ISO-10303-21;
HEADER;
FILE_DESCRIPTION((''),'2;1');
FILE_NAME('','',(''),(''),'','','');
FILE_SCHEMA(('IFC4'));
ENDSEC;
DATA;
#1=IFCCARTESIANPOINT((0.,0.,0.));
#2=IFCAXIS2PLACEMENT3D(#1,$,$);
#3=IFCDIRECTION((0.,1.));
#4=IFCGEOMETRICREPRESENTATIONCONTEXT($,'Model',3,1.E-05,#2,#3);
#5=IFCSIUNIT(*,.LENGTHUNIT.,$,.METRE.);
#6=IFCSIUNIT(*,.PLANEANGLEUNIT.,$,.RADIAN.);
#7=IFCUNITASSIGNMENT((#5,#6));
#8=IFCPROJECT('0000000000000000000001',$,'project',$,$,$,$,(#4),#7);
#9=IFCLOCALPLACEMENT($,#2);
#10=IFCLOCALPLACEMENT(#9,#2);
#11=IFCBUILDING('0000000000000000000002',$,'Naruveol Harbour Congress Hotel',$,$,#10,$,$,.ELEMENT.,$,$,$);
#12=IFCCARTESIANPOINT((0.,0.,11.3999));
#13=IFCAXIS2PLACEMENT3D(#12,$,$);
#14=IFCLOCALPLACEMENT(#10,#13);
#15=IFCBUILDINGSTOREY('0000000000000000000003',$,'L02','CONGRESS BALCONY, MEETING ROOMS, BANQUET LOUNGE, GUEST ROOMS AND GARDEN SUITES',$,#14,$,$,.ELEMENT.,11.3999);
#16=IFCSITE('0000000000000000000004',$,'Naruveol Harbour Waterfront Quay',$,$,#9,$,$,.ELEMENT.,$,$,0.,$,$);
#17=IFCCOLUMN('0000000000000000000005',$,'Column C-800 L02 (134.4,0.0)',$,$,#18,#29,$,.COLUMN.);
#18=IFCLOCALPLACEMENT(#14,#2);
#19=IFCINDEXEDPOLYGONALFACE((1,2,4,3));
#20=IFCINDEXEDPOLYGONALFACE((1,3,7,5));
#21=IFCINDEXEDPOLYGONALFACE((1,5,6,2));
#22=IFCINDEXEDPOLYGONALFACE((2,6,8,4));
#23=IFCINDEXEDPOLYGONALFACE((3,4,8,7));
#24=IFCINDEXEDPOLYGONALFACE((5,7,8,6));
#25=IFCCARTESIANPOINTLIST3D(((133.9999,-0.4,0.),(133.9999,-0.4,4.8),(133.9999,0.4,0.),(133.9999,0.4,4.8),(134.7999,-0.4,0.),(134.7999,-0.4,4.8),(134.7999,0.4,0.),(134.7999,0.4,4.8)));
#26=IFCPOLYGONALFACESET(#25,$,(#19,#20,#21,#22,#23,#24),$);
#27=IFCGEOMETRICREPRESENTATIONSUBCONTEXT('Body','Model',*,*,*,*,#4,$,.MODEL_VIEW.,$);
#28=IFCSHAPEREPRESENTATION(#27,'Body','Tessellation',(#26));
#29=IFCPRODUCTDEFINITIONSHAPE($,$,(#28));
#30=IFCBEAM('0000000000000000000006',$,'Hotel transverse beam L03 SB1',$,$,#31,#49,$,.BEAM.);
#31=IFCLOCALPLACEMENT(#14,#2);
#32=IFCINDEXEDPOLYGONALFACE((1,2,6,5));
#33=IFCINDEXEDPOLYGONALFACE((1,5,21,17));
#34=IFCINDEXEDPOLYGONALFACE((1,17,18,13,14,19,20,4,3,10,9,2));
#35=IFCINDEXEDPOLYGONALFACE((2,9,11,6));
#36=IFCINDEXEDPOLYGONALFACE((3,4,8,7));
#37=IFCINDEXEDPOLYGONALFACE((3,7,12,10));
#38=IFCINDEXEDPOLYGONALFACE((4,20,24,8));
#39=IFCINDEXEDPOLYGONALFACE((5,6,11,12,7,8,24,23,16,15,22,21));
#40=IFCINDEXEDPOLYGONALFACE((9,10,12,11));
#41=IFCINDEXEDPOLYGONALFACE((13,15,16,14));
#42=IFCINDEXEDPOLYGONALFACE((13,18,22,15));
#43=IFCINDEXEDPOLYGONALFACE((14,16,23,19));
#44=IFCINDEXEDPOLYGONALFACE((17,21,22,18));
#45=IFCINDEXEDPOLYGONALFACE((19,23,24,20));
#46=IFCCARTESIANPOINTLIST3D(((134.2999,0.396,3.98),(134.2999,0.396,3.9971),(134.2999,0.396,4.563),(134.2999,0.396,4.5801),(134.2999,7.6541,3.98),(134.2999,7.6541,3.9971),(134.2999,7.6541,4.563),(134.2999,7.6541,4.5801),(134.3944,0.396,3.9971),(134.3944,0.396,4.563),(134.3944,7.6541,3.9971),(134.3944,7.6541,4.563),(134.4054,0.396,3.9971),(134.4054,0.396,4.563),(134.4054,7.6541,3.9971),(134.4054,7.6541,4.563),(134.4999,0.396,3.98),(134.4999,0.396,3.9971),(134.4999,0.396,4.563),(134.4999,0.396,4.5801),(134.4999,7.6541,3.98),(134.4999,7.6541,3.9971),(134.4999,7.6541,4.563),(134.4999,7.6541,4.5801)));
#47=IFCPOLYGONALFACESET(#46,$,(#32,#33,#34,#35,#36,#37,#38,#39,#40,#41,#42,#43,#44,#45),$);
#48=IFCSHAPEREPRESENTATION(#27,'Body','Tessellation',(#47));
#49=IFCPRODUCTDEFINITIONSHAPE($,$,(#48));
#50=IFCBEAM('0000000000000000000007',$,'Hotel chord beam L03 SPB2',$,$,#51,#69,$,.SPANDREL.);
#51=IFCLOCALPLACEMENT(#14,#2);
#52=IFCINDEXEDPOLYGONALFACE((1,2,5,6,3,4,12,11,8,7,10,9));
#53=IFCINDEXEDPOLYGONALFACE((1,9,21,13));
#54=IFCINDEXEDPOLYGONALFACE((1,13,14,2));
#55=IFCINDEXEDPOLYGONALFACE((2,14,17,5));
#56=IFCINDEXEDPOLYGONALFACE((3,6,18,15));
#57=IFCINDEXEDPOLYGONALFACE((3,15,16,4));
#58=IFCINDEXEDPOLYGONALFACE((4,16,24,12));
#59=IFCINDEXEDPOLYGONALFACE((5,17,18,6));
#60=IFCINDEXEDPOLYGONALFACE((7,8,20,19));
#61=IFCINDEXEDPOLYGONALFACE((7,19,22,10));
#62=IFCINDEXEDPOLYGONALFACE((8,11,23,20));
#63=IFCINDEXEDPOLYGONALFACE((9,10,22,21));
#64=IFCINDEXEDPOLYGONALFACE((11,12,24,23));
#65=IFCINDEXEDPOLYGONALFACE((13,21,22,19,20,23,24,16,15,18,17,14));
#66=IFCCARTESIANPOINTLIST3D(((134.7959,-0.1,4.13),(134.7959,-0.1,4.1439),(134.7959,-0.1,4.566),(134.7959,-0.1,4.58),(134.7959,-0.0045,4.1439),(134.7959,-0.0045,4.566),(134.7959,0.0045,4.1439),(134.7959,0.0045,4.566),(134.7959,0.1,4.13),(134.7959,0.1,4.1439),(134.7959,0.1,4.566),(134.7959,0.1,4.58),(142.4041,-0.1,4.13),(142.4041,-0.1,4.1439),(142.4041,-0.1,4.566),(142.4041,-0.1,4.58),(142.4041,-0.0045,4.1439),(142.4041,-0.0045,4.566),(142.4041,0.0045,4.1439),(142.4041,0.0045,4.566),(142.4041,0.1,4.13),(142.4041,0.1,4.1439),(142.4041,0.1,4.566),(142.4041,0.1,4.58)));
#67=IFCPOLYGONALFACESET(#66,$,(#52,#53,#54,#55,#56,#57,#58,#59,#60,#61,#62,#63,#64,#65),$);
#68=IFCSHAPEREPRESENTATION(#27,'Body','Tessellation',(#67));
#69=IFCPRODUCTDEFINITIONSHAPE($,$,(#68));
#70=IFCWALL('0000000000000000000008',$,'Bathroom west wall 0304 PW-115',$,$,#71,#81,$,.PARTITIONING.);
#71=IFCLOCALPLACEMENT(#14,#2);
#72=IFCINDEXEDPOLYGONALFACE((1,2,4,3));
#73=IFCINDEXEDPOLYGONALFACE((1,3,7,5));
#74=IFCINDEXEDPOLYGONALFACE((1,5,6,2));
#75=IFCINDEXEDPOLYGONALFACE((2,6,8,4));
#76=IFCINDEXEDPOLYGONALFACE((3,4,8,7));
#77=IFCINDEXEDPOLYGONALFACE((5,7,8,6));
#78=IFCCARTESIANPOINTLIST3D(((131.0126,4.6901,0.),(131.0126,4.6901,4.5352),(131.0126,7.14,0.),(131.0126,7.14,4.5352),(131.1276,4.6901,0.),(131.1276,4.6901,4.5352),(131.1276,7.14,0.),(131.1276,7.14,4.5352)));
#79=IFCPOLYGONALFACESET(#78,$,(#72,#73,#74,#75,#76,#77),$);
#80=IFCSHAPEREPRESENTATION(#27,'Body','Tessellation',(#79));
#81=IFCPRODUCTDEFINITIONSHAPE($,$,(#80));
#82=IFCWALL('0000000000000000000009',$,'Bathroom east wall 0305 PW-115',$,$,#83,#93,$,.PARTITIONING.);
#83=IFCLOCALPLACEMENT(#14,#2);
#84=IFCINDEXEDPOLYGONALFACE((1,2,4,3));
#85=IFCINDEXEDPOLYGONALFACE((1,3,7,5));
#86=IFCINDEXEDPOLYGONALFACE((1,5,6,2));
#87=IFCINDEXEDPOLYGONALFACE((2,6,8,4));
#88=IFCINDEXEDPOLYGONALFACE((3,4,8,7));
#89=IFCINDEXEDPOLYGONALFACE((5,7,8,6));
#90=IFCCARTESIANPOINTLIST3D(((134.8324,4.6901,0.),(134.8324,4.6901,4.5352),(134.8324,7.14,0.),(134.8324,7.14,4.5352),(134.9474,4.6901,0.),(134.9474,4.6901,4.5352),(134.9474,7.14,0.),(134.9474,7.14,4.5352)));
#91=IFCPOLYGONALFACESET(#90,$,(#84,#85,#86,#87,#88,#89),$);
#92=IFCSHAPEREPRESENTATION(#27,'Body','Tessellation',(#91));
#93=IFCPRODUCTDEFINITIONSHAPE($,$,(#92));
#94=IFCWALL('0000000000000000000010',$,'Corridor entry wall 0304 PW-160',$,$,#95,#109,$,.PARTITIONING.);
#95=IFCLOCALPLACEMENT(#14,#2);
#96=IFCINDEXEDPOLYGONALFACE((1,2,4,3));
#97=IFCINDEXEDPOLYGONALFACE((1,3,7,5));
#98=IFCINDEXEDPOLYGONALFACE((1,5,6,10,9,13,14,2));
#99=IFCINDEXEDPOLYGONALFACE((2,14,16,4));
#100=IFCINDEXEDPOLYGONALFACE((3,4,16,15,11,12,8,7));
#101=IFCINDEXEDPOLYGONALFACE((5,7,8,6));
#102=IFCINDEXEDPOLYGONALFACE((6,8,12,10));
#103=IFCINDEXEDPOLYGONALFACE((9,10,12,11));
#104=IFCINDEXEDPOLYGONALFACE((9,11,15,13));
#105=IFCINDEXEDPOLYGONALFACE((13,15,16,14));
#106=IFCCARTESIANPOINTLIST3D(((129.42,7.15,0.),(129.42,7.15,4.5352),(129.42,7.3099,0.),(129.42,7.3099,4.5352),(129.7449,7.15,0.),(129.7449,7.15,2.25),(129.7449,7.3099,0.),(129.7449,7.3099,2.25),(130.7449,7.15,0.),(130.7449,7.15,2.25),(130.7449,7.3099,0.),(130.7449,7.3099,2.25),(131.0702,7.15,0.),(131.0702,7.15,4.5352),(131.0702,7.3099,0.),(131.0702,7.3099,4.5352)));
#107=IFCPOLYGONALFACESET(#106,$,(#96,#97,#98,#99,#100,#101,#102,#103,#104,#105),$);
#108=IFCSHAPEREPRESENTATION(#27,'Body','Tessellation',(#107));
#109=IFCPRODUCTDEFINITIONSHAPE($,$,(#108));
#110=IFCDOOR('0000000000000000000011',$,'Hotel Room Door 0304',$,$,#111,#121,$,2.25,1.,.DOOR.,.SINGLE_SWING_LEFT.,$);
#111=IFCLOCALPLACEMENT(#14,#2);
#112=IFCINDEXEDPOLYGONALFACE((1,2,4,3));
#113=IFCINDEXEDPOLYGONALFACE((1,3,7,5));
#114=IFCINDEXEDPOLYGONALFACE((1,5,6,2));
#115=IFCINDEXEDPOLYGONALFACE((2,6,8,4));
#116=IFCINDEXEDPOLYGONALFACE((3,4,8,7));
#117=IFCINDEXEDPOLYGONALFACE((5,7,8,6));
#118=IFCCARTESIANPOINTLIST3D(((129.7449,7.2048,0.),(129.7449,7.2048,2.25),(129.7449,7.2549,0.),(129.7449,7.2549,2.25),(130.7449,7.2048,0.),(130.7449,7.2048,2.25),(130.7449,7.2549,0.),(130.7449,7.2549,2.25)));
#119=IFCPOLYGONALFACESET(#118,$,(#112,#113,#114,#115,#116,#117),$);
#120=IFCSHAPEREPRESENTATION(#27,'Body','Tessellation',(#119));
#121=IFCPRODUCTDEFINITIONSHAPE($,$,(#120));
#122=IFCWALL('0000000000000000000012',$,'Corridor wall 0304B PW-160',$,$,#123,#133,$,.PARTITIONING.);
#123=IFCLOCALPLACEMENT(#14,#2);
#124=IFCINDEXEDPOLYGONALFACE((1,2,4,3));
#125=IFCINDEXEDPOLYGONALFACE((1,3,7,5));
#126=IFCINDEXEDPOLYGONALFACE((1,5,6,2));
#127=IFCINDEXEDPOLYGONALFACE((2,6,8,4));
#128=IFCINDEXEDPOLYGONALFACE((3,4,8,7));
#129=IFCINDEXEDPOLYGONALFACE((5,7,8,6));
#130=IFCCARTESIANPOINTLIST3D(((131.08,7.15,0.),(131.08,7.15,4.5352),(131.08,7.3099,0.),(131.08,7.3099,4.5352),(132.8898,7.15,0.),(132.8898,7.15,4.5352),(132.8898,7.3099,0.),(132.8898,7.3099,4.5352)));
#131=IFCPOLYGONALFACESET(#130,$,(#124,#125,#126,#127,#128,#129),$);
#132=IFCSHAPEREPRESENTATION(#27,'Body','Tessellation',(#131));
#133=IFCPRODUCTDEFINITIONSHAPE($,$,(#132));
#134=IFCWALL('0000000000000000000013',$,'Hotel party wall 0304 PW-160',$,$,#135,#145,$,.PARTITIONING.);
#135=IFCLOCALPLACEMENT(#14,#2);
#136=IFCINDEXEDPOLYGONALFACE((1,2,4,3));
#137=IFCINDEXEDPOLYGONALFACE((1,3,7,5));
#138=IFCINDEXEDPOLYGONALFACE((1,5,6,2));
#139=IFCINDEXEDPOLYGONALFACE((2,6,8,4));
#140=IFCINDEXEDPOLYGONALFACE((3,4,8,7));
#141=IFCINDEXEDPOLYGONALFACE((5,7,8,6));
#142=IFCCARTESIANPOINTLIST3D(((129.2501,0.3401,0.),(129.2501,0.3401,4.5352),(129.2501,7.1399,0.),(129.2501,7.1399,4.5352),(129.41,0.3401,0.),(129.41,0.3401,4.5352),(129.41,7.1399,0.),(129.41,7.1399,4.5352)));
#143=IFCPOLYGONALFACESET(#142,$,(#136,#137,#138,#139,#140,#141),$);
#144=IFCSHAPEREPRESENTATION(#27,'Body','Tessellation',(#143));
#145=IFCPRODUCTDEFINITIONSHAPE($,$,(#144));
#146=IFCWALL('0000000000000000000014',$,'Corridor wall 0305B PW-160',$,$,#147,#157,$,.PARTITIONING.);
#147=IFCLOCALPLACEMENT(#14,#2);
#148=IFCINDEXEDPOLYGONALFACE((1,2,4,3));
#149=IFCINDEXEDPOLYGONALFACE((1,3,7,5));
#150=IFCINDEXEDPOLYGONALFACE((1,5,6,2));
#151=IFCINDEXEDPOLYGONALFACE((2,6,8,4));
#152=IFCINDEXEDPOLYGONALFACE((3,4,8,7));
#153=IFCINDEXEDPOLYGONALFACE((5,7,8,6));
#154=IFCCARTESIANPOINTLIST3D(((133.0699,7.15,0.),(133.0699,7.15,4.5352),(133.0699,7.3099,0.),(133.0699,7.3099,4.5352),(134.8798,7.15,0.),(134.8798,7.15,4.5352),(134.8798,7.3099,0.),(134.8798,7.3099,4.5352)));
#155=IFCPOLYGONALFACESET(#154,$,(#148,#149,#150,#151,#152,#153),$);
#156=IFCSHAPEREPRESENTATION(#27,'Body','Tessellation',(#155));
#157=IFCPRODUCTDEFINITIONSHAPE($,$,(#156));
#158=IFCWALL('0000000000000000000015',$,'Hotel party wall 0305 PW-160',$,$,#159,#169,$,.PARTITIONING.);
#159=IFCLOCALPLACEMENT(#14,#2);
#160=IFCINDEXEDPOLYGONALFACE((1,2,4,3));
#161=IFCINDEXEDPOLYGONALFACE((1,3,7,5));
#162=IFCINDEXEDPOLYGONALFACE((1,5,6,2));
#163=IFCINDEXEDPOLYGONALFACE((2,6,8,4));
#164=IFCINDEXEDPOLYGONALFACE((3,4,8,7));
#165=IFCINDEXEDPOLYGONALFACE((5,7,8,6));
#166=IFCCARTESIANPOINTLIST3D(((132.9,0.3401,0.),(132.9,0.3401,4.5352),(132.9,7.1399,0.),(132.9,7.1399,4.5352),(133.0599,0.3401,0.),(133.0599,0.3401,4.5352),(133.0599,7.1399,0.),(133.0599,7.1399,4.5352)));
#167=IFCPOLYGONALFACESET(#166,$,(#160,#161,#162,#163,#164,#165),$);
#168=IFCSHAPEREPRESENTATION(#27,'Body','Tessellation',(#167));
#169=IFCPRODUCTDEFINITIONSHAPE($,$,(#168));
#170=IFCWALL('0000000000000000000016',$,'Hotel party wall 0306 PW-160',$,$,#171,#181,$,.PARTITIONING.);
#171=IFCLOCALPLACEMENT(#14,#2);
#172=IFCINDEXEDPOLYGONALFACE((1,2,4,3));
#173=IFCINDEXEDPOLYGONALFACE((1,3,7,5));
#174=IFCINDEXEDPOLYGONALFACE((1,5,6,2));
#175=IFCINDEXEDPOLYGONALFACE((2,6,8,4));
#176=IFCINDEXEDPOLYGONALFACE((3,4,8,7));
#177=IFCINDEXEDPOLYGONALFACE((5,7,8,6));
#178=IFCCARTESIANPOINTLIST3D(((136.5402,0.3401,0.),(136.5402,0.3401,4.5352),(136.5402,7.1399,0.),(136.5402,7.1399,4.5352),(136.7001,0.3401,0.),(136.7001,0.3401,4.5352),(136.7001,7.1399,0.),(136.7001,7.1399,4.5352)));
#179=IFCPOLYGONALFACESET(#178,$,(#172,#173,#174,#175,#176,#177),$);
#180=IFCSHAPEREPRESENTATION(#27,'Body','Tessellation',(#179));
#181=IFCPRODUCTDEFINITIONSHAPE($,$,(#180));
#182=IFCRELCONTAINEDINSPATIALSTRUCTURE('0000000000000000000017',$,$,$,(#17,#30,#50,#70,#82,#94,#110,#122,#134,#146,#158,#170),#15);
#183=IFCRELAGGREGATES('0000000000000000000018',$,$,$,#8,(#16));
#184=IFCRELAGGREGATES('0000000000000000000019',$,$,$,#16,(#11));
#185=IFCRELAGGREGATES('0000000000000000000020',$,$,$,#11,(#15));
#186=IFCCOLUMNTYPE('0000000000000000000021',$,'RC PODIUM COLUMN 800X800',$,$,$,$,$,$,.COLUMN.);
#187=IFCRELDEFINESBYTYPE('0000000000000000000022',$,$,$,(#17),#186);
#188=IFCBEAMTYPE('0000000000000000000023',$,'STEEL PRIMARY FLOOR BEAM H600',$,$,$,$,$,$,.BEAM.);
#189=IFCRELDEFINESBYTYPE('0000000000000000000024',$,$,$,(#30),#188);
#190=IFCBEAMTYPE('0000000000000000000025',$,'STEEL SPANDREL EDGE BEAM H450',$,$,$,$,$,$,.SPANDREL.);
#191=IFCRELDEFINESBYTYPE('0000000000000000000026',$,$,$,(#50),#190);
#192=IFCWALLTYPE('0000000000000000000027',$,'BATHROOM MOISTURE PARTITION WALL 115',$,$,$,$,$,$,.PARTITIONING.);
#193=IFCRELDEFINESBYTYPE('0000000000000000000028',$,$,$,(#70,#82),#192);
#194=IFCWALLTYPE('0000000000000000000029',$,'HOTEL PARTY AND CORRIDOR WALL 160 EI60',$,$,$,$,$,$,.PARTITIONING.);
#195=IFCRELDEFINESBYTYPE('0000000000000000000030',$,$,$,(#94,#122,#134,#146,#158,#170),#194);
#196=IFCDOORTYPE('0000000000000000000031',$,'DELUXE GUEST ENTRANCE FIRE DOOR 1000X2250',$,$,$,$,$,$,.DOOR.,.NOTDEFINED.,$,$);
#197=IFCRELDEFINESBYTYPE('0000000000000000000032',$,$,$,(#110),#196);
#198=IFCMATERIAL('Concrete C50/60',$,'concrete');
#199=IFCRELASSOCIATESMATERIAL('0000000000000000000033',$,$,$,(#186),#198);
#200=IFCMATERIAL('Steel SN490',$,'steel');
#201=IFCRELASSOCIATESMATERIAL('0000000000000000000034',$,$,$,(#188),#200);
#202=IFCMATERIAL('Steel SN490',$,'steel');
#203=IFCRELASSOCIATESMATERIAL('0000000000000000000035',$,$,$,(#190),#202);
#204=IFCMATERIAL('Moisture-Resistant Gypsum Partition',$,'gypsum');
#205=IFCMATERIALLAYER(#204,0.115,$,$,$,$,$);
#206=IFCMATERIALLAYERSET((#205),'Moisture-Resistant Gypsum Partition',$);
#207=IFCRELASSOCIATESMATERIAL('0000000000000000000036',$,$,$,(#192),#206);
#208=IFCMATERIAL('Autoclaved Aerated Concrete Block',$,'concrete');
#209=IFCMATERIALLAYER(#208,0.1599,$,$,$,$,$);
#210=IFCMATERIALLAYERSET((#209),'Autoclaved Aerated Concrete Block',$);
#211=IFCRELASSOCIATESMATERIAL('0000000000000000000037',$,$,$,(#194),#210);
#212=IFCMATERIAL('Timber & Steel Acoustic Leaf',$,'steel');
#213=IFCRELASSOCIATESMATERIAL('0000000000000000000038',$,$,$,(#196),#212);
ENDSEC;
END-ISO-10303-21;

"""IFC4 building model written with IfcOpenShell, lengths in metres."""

from ifc_helpers import new_model, si_unit, direction, frame, frame_2d, origin, origin_2d, place, context, subcontext, project, spatial, rectangle, i_section, extrude, material, layer, layer_set, material_profile, profile_set, type_object, element, fill, save


model = new_model("IFC4")

# Units and contexts
model_context = context("Model", 3, precision=1e-05, world=origin(), true_north=direction((0.0, 1.0)))
body_context = subcontext(model_context, "Body", "Model", "MODEL_VIEW")
ifc_project = project(units=[si_unit("LENGTHUNIT", "METRE"), si_unit("PLANEANGLEUNIT", "RADIAN")], contexts=[model_context])

# Site, building, storey
site_placement = place(None, origin())
site = spatial("IfcSite", under=ifc_project, at=site_placement, Name="Naruveol Harbour Waterfront Quay", CompositionType="ELEMENT", RefElevation=0.0)
building_placement = place(site_placement, origin())
building = spatial("IfcBuilding", under=site, at=building_placement, Name="Naruveol Harbour Congress Hotel", CompositionType="ELEMENT")
storey_placement = place(building_placement, frame((0.0, 0.0, 11.3999)))
storey = spatial("IfcBuildingStorey", under=building, at=storey_placement, Name="L02", Description="CONGRESS BALCONY, MEETING ROOMS, BANQUET LOUNGE, GUEST ROOMS AND GARDEN SUITES", CompositionType="ELEMENT", Elevation=11.3999)

# Column
ifc_material_1 = material(Name="Concrete C50/60", Category="concrete")
ifc_material_profile_1 = material_profile(ifc_material_1, rectangle(XDim=0.8, YDim=0.8, at=origin_2d()), Name="RC-800x800")
ifc_profile_set_1 = profile_set([ifc_material_profile_1], Name="Concrete C50/60")
column_type = type_object("IfcColumnType", Name="RC PODIUM COLUMN 800X800", PredefinedType="COLUMN", material=ifc_profile_set_1)
column_placement = place(storey_placement, frame((134.3999, 0.0, 0.0), z_axis=(0.0, 0.0, 1.0), x_axis=(1.0, 0.0, 0.0)))
element("IfcColumn", 1, at=column_placement, inside=storey, type_object=column_type, Name="Column C-800 L02 (134.4,0.0)", PredefinedType="COLUMN", context=body_context, shape_type="SweptSolid", body=[
    extrude(rectangle(XDim=0.8, YDim=0.8, at=origin_2d()), origin(), (0.0, 0.0, 1.0), 4.8),
])

# Beams
ifc_material_2 = material(Name="Steel SN490", Category="steel")
ifc_material_profile_2 = material_profile(ifc_material_2, i_section(OverallWidth=0.2, OverallDepth=0.6001, WebThickness=0.011, FlangeThickness=0.0171, at=origin_2d()), Name="H-600x200x11x17")
ifc_profile_set_2 = profile_set([ifc_material_profile_2], Name="Steel SN490")
beam_type_1 = type_object("IfcBeamType", Name="STEEL PRIMARY FLOOR BEAM H600", PredefinedType="BEAM", material=ifc_profile_set_2)
beam_1_placement = place(storey_placement, frame((134.3999, 0.396, 4.28), z_axis=(0.0, 1.0, 0.0), x_axis=(-1.0, 0.0, 0.0)))
element("IfcBeam", 2, at=beam_1_placement, inside=storey, type_object=beam_type_1, Name="Hotel transverse beam L03 SB1", PredefinedType="BEAM", context=body_context, shape_type="SweptSolid", body=[
    extrude(i_section(OverallWidth=0.2, OverallDepth=0.6001, WebThickness=0.011, FlangeThickness=0.0171, at=origin_2d()), origin(), (0.0, 0.0, 1.0), 7.2581),
])
ifc_material_3 = material(Name="Steel SN490", Category="steel")
ifc_material_profile_3 = material_profile(ifc_material_3, i_section(OverallWidth=0.2, OverallDepth=0.45, WebThickness=0.009, FlangeThickness=0.0139, at=origin_2d()), Name="H-450x200x9x14")
ifc_profile_set_3 = profile_set([ifc_material_profile_3], Name="Steel SN490")
beam_type_2 = type_object("IfcBeamType", Name="STEEL SPANDREL EDGE BEAM H450", PredefinedType="SPANDREL", material=ifc_profile_set_3)
beam_2_placement = place(storey_placement, frame((134.7959, 0.0, 4.355), z_axis=(1.0, 0.0, 0.0), x_axis=(0.0, 1.0, 0.0)))
element("IfcBeam", 3, at=beam_2_placement, inside=storey, type_object=beam_type_2, Name="Hotel chord beam L03 SPB2", PredefinedType="SPANDREL", context=body_context, shape_type="SweptSolid", body=[
    extrude(i_section(OverallWidth=0.2, OverallDepth=0.45, WebThickness=0.009, FlangeThickness=0.0139, at=origin_2d()), origin(), (0.0, 0.0, 1.0), 7.6082),
])

# Wall
ifc_material_4 = material(Name="Moisture-Resistant Gypsum Partition", Category="gypsum")
ifc_layer_1 = layer(ifc_material_4, 0.115)
ifc_layer_set_1 = layer_set([ifc_layer_1], Name="Moisture-Resistant Gypsum Partition")
wall_type_1 = type_object("IfcWallType", Name="BATHROOM MOISTURE PARTITION WALL 115", PredefinedType="PARTITIONING", material=ifc_layer_set_1)
wall_1_placement = place(storey_placement, frame((131.0701, 4.6899, 0.0), z_axis=(0.0, 0.0, 1.0), x_axis=(0.0, 1.0, 0.0)))
element("IfcWall", 4, at=wall_1_placement, inside=storey, type_object=wall_type_1, Name="Bathroom west wall 0304 PW-115", PredefinedType="PARTITIONING", context=body_context, shape_type="SweptSolid", body=[
    extrude(rectangle(XDim=2.45, YDim=0.115, at=frame_2d((1.2251, 0.0))), origin(), (0.0, 0.0, 1.0), 4.5352),
])

# Wall
wall_2_placement = place(storey_placement, frame((134.8899, 4.6899, 0.0), z_axis=(0.0, 0.0, 1.0), x_axis=(0.0, 1.0, 0.0)))
element("IfcWall", 5, at=wall_2_placement, inside=storey, type_object=wall_type_1, Name="Bathroom east wall 0305 PW-115", PredefinedType="PARTITIONING", context=body_context, shape_type="SweptSolid", body=[
    extrude(rectangle(XDim=2.45, YDim=0.115, at=frame_2d((1.2251, 0.0))), origin(), (0.0, 0.0, 1.0), 4.5352),
])

# Wall, opening, door
ifc_material_5 = material(Name="Autoclaved Aerated Concrete Block", Category="concrete")
ifc_layer_2 = layer(ifc_material_5, 0.1599)
ifc_layer_set_2 = layer_set([ifc_layer_2], Name="Autoclaved Aerated Concrete Block")
wall_type_2 = type_object("IfcWallType", Name="HOTEL PARTY AND CORRIDOR WALL 160 EI60", PredefinedType="PARTITIONING", material=ifc_layer_set_2)
wall_3_placement = place(storey_placement, frame((129.4199, 7.23, 0.0), z_axis=(0.0, 0.0, 1.0), x_axis=(1.0, 0.0, 0.0)))
wall_3 = element("IfcWall", 6, at=wall_3_placement, inside=storey, type_object=wall_type_2, Name="Corridor entry wall 0304 PW-160", PredefinedType="PARTITIONING", context=body_context, shape_type="SweptSolid", body=[
    extrude(rectangle(XDim=1.6501, YDim=0.1599, at=frame_2d((0.8252, 0.0))), origin(), (0.0, 0.0, 1.0), 4.5352),
])
opening_1_placement = place(wall_3_placement, frame((0.325, 0.0, 0.0)))
opening_1 = element("IfcOpeningElement", 7, at=opening_1_placement, cuts=wall_3, PredefinedType="OPENING", context=body_context, shape_type="SweptSolid", body=[
    extrude(rectangle(XDim=1.0, YDim=2.25, at=frame_2d((0.5, 1.125))), frame((0.0, 0.0898, 0.0), z_axis=(0.0, -1.0, 0.0), x_axis=(1.0, 0.0, 0.0)), (0.0, 0.0, 1.0), 0.1799),
])
ifc_material_6 = material(Name="Timber & Steel Acoustic Leaf", Category="steel")
door_type_1 = type_object("IfcDoorType", Name="DELUXE GUEST ENTRANCE FIRE DOOR 1000X2250", OperationType="NOTDEFINED", PredefinedType="DOOR", material=ifc_material_6)
door_1_placement = place(opening_1_placement, origin())
door_1 = element("IfcDoor", 8, at=door_1_placement, inside=storey, type_object=door_type_1, Name="Hotel Room Door 0304", OperationType="SINGLE_SWING_LEFT", OverallHeight=2.25, OverallWidth=1.0, PredefinedType="DOOR", context=body_context, shape_type="SweptSolid", body=[
    extrude(rectangle(XDim=1.0, YDim=2.25, at=frame_2d((0.5, 1.125))), frame((0.0, 0.0249, 0.0), z_axis=(0.0, -1.0, 0.0), x_axis=(1.0, 0.0, 0.0)), (0.0, 0.0, 1.0), 0.05),
])
fill(opening_1, door_1)

# Walls
wall_4_placement = place(storey_placement, frame((131.0801, 7.23, 0.0), z_axis=(0.0, 0.0, 1.0), x_axis=(1.0, 0.0, 0.0)))
element("IfcWall", 9, at=wall_4_placement, inside=storey, type_object=wall_type_2, Name="Corridor wall 0304B PW-160", PredefinedType="PARTITIONING", context=body_context, shape_type="SweptSolid", body=[
    extrude(rectangle(XDim=1.8098, YDim=0.1599, at=frame_2d((0.9048, 0.0))), origin(), (0.0, 0.0, 1.0), 4.5352),
])
wall_5_placement = place(storey_placement, frame((129.3301, 0.3401, 0.0), z_axis=(0.0, 0.0, 1.0), x_axis=(0.0, 1.0, 0.0)))
element("IfcWall", 10, at=wall_5_placement, inside=storey, type_object=wall_type_2, Name="Hotel party wall 0304 PW-160", PredefinedType="PARTITIONING", context=body_context, shape_type="SweptSolid", body=[
    extrude(rectangle(XDim=6.7998, YDim=0.1599, at=frame_2d((3.3999, 0.0))), origin(), (0.0, 0.0, 1.0), 4.5352),
])
wall_6_placement = place(storey_placement, frame((133.0701, 7.23, 0.0), z_axis=(0.0, 0.0, 1.0), x_axis=(1.0, 0.0, 0.0)))
element("IfcWall", 11, at=wall_6_placement, inside=storey, type_object=wall_type_2, Name="Corridor wall 0305B PW-160", PredefinedType="PARTITIONING", context=body_context, shape_type="SweptSolid", body=[
    extrude(rectangle(XDim=1.8098, YDim=0.1599, at=frame_2d((0.9048, 0.0))), origin(), (0.0, 0.0, 1.0), 4.5352),
])
for number, where, z_axis, x_axis, name in (
    (12, (132.98, 0.3401, 0.0), (0.0, 0.0, 1.0), (0.0, 1.0, 0.0), "Hotel party wall 0305 PW-160"),
    (13, (136.6201, 0.3401, 0.0), (0.0, 0.0, 1.0), (0.0, 1.0, 0.0), "Hotel party wall 0306 PW-160"),
):
    element("IfcWall", number, at=place(storey_placement, frame(where, z_axis=z_axis, x_axis=x_axis)), inside=storey, type_object=wall_type_2, Name=name, PredefinedType="PARTITIONING", context=body_context, shape_type="SweptSolid", body=[
        extrude(rectangle(XDim=6.7998, YDim=0.1599, at=frame_2d((3.3999, 0.0))), origin(), (0.0, 0.0, 1.0), 4.5352),
    ])

save(model, "model.ifc")
